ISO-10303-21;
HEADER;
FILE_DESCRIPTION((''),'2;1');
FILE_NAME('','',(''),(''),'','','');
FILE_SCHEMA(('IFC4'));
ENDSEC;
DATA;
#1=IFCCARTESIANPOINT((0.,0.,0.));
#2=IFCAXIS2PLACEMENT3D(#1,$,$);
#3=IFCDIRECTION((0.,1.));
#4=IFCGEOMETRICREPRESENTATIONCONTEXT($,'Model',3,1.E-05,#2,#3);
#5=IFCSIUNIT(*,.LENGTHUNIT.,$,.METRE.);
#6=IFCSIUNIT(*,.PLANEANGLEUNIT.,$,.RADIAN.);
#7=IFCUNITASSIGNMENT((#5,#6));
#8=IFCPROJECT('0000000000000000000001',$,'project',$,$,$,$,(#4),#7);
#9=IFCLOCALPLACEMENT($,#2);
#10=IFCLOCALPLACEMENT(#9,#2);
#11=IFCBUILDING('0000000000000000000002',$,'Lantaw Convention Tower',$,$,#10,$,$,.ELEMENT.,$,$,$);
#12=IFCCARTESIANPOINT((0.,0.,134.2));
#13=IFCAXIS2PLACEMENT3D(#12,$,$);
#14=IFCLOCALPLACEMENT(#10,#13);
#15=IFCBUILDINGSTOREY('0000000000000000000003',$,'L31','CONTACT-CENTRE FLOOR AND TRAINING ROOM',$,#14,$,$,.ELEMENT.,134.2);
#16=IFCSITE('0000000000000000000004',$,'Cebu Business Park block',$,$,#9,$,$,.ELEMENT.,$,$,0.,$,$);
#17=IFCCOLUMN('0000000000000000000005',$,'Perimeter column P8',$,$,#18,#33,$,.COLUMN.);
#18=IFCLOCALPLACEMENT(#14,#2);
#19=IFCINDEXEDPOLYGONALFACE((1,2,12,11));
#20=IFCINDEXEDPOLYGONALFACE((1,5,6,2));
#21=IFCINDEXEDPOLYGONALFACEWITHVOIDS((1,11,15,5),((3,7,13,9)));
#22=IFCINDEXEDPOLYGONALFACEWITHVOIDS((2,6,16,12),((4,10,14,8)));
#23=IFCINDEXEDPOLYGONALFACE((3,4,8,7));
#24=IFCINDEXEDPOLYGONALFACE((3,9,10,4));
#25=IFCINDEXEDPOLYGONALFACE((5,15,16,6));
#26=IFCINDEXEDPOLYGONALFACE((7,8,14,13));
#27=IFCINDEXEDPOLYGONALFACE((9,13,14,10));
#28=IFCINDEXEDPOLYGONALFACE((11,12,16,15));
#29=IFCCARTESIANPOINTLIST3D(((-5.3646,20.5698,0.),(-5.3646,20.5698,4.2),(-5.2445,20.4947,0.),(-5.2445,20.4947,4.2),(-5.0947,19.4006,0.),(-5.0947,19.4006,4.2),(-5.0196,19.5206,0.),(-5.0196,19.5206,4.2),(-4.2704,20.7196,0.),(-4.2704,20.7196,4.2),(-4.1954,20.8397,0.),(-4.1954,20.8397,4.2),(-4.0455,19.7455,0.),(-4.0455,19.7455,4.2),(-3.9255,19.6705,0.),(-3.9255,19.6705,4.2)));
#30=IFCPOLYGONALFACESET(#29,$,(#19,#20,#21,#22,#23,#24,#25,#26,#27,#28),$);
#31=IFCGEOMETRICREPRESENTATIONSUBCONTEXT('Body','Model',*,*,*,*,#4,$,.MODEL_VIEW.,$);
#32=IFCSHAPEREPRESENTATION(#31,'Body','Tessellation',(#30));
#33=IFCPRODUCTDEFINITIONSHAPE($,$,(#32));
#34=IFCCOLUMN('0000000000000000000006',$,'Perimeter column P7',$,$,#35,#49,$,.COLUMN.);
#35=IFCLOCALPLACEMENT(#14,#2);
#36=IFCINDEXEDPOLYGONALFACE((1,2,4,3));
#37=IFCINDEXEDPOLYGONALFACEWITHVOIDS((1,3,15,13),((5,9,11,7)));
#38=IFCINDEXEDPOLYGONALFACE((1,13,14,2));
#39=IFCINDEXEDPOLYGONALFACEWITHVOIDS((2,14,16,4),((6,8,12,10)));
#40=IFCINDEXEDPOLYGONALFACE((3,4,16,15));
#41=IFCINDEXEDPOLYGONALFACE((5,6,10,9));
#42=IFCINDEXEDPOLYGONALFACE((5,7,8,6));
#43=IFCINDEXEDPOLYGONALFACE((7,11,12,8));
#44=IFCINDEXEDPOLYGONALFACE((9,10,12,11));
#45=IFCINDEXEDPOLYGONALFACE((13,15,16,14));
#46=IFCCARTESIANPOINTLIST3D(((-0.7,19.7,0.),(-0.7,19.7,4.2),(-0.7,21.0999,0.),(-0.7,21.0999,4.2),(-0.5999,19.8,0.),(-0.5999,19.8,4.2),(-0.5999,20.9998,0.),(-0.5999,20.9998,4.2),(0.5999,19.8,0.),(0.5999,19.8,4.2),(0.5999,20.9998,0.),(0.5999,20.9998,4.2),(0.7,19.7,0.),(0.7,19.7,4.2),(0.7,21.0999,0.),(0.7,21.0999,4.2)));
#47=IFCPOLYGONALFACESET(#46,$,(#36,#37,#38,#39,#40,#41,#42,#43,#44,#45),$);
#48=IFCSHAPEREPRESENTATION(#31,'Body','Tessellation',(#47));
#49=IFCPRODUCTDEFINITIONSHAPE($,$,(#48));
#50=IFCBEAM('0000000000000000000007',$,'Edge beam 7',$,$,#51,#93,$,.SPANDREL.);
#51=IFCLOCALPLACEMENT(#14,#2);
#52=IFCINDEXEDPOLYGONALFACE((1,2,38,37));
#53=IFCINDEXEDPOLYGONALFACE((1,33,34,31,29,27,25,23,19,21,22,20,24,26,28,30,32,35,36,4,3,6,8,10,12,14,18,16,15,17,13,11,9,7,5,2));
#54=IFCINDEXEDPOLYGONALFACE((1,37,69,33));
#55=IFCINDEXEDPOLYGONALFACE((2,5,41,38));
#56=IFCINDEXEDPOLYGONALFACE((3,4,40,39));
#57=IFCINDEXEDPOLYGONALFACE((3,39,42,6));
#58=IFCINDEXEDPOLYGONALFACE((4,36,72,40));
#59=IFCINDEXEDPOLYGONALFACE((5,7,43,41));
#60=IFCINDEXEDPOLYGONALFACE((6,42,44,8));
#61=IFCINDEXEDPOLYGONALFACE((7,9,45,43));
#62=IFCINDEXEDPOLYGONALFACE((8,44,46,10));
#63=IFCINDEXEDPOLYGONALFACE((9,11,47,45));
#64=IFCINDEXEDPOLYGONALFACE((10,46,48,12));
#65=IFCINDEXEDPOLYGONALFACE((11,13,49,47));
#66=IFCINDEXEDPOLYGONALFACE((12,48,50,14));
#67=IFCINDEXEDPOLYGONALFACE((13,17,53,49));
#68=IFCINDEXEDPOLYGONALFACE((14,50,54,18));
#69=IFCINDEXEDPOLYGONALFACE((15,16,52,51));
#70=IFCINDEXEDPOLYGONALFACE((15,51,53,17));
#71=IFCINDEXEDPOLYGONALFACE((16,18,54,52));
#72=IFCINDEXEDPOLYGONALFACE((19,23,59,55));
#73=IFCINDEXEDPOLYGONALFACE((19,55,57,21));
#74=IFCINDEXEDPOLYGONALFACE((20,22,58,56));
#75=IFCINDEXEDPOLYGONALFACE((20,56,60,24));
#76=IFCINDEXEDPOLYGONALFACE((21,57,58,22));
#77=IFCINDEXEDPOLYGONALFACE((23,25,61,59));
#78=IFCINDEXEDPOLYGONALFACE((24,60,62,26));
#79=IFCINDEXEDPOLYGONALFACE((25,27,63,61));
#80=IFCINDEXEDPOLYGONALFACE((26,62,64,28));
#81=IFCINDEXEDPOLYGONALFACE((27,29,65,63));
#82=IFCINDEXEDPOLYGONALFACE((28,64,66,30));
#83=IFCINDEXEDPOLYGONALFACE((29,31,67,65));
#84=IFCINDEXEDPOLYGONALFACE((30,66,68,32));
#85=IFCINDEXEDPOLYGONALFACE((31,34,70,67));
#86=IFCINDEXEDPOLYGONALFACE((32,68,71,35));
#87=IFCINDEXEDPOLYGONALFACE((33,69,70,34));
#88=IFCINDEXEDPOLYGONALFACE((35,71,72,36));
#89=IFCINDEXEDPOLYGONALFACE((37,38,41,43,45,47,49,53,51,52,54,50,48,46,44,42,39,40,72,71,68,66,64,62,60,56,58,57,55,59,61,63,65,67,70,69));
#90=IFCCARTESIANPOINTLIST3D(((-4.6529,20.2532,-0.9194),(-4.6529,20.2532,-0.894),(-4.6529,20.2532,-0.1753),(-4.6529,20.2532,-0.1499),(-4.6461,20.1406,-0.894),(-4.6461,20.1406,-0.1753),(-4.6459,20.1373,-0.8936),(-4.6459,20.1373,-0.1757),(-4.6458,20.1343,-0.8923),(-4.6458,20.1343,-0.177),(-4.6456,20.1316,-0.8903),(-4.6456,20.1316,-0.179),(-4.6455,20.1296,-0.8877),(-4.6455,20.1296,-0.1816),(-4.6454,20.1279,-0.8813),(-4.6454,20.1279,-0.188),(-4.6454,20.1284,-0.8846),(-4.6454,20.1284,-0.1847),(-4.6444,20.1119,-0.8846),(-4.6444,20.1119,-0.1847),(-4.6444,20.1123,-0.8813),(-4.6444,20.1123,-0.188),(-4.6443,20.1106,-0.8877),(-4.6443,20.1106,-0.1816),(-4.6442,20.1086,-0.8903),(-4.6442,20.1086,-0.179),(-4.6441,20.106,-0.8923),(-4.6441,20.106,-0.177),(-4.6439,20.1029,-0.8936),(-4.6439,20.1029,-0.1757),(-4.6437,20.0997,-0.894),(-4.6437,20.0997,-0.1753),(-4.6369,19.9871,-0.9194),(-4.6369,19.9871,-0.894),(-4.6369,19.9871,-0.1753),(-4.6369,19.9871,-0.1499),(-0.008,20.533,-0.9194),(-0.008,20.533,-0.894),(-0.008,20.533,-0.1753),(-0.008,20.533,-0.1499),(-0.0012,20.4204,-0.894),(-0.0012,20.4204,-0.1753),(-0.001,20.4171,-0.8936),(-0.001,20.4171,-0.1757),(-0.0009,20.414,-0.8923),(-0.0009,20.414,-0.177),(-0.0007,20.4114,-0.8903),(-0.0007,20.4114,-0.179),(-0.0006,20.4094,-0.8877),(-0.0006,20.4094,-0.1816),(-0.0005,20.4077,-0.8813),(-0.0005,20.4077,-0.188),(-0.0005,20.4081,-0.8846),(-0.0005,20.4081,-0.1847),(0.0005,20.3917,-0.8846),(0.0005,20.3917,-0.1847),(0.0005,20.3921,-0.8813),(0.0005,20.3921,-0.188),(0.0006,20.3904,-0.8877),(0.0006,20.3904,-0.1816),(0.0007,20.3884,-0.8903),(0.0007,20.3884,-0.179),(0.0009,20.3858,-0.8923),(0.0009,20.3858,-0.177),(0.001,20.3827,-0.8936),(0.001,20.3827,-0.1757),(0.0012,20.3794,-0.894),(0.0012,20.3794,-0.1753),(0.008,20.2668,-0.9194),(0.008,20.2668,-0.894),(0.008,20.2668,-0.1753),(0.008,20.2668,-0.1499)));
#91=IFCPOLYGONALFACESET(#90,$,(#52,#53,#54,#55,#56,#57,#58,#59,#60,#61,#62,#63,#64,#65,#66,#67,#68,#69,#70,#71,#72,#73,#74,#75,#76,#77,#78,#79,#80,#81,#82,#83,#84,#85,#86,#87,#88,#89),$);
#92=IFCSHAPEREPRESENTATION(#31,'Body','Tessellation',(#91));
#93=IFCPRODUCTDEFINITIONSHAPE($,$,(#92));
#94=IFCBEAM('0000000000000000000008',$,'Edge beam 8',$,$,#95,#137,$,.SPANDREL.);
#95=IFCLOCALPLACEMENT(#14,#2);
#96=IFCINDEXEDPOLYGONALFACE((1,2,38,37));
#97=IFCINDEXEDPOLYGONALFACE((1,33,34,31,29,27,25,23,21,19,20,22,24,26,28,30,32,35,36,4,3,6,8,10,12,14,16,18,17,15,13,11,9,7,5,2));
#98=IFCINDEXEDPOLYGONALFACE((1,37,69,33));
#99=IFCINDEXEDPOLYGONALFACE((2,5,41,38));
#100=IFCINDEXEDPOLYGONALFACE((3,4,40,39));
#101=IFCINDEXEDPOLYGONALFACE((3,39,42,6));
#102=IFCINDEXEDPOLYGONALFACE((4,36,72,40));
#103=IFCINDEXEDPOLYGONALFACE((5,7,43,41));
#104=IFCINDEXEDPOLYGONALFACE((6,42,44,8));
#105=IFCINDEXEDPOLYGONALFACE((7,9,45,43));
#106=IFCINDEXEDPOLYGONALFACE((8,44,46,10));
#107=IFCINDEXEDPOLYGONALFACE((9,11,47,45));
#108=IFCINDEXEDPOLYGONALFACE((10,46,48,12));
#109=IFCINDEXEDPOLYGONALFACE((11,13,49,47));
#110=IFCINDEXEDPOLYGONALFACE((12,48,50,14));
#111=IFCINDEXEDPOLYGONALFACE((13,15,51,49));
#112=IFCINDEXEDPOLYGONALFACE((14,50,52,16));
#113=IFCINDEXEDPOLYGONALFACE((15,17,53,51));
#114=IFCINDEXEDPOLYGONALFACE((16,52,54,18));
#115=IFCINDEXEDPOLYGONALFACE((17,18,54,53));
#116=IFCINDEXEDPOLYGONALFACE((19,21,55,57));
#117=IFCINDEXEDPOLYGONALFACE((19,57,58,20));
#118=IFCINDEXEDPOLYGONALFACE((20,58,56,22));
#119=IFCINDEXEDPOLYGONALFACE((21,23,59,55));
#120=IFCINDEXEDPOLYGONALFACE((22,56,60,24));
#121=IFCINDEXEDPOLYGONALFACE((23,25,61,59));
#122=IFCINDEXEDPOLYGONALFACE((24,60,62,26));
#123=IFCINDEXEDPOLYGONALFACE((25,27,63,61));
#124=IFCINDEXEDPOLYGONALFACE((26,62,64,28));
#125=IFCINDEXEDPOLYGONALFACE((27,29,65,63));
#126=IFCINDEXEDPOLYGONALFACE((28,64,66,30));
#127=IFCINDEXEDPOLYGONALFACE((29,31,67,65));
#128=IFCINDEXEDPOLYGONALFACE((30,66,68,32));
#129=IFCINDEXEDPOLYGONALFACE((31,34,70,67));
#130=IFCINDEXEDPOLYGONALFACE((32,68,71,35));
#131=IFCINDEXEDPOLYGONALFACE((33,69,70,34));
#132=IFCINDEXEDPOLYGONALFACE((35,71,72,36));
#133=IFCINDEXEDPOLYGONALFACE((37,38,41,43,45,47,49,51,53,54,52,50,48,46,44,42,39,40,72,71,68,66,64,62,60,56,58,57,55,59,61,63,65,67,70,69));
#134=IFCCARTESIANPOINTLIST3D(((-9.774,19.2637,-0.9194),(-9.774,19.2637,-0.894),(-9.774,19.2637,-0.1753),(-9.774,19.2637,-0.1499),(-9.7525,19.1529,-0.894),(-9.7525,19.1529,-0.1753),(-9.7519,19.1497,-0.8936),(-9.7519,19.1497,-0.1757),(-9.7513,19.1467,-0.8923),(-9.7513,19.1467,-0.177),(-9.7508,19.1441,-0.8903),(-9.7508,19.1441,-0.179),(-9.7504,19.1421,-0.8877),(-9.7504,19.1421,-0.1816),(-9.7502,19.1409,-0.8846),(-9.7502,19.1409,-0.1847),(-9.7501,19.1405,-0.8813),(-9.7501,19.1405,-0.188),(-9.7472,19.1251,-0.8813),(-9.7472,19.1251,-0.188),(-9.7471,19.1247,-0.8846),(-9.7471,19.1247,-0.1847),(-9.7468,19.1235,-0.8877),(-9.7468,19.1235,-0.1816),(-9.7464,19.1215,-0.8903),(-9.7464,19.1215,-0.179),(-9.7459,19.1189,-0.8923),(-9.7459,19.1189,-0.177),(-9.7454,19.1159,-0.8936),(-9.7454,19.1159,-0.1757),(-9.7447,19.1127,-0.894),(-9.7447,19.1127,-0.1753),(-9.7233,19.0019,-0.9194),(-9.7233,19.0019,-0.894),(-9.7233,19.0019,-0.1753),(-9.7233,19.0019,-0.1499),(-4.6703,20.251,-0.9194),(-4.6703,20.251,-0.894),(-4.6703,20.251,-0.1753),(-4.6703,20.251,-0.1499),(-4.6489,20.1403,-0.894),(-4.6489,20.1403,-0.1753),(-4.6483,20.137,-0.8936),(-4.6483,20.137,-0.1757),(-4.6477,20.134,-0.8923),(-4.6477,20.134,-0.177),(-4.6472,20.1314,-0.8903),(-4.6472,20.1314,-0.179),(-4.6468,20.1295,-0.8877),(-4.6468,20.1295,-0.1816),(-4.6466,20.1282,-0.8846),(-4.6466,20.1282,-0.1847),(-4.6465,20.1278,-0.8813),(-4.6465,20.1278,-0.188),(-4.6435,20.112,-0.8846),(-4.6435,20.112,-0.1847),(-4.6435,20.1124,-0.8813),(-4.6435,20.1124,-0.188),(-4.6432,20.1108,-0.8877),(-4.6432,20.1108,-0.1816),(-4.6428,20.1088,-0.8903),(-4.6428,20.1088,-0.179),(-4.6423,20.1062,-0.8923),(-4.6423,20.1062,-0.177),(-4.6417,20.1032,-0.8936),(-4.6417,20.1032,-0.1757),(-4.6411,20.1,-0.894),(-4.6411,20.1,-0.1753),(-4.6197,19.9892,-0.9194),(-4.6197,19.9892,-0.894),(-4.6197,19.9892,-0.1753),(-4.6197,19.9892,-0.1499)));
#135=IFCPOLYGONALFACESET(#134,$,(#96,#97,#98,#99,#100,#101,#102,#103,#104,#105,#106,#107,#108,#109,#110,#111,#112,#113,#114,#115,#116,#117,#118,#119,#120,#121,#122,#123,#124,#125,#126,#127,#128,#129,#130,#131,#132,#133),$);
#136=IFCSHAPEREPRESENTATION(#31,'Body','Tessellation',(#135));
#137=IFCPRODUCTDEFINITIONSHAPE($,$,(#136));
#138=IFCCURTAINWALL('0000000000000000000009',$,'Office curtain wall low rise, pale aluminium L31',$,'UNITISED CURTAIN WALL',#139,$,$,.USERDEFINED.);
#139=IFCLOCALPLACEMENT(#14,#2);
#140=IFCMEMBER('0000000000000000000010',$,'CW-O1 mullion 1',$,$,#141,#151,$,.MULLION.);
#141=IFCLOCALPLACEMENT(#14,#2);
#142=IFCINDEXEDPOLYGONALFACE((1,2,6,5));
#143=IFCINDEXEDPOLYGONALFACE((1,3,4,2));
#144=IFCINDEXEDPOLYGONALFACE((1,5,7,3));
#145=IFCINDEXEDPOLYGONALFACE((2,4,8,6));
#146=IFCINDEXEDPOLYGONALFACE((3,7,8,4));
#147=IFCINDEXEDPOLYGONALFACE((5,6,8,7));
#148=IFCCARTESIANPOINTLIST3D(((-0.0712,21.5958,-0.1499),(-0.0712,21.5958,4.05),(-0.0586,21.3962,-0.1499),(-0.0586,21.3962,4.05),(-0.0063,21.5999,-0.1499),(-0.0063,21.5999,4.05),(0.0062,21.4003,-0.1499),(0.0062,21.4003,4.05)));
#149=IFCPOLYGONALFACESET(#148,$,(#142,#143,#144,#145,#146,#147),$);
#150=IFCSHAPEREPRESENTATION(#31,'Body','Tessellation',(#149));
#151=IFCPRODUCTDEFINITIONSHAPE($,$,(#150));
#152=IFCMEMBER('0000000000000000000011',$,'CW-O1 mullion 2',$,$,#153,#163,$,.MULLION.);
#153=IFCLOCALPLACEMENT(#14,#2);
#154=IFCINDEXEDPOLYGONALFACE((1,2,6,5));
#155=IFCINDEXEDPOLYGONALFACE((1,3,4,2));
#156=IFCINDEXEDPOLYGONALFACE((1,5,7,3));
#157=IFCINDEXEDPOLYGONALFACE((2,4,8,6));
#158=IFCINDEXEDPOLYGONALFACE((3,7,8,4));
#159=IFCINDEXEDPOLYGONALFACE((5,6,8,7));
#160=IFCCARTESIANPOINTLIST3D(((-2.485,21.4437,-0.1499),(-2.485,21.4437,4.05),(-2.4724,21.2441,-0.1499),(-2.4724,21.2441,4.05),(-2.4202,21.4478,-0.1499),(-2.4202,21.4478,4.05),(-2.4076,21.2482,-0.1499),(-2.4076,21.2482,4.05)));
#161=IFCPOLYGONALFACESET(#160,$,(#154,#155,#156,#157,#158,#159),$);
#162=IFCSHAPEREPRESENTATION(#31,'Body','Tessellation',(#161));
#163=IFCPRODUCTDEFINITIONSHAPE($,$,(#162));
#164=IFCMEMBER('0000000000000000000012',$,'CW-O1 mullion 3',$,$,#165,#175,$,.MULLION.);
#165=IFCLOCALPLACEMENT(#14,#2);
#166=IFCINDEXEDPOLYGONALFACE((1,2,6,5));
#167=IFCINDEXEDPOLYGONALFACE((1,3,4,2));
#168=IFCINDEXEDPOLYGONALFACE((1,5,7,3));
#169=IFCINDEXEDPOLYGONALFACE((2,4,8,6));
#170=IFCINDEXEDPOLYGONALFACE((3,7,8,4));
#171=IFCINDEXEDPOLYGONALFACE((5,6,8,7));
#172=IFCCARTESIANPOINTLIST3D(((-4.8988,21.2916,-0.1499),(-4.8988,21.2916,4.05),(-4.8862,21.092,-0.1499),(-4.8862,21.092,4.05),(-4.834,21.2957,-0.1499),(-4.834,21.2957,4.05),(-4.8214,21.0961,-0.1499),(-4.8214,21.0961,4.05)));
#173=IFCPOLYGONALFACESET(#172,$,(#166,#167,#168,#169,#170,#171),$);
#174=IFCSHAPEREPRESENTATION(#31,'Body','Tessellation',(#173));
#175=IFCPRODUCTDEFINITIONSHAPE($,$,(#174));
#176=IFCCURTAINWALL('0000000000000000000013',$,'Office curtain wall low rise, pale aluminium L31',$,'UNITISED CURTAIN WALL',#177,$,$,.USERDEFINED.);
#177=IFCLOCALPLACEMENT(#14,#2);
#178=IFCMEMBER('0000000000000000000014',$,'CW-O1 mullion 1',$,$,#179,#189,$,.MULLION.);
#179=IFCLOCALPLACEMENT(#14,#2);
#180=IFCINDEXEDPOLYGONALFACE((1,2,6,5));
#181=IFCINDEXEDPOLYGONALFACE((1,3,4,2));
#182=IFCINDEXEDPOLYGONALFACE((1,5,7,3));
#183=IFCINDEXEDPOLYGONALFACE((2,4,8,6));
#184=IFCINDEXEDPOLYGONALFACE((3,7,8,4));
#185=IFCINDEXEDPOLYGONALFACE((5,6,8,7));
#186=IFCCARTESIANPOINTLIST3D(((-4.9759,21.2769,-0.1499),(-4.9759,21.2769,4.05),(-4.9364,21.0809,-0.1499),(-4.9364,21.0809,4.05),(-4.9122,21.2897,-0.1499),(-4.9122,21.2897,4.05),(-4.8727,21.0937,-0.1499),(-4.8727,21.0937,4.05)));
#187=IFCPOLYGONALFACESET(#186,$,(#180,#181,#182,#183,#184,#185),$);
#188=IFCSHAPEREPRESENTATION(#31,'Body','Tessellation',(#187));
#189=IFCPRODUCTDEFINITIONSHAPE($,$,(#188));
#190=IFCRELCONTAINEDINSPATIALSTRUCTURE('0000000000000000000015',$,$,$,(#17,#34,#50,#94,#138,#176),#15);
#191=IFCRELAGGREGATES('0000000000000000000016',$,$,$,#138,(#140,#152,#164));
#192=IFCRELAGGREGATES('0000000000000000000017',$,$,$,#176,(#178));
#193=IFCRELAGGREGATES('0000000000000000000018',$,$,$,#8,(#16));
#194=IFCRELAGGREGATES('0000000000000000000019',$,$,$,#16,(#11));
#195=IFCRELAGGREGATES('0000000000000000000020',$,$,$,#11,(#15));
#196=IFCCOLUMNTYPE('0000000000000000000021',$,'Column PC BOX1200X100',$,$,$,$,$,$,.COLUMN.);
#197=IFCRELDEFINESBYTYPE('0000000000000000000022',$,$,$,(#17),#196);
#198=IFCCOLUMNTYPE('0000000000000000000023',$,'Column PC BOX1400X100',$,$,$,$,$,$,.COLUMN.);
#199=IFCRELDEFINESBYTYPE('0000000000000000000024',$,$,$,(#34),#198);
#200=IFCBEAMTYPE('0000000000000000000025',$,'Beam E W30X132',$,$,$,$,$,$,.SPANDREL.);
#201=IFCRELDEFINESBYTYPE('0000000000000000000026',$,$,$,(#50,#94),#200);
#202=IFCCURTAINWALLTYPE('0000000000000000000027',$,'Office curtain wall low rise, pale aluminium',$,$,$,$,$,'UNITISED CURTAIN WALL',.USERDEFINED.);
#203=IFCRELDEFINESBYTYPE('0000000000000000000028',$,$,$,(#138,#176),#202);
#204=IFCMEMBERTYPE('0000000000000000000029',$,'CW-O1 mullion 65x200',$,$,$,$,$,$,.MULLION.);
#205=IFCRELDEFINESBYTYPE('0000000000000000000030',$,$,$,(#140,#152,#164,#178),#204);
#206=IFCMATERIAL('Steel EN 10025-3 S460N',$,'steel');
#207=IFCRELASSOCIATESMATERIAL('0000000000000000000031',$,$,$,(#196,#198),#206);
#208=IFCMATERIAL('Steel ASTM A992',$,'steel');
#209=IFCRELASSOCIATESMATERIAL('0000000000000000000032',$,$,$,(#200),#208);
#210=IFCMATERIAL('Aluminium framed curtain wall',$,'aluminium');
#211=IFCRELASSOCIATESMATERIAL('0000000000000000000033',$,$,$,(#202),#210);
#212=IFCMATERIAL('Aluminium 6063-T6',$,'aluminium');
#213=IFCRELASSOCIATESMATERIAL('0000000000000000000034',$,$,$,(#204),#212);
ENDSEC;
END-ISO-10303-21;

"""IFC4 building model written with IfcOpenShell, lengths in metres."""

from ifc_helpers import new_model, si_unit, direction, frame, origin, origin_2d, place, context, subcontext, project, spatial, rectangle, hollow_rectangle, i_section, extrude, material, material_profile, profile_set, type_object, element, aggregate, save


model = new_model("IFC4")

# Units and contexts
model_context = context("Model", 3, precision=1e-05, world=origin(), true_north=direction((0.0, 1.0)))
body_context = subcontext(model_context, "Body", "Model", "MODEL_VIEW")
ifc_project = project(units=[si_unit("LENGTHUNIT", "METRE"), si_unit("PLANEANGLEUNIT", "RADIAN")], contexts=[model_context])

# Site, building, storey
site_placement = place(None, origin())
site = spatial("IfcSite", under=ifc_project, at=site_placement, Name="Cebu Business Park block", CompositionType="ELEMENT", RefElevation=0.0)
building_placement = place(site_placement, origin())
building = spatial("IfcBuilding", under=site, at=building_placement, Name="Lantaw Convention Tower", CompositionType="ELEMENT")
storey_placement = place(building_placement, frame((0.0, 0.0, 134.2)))
storey = spatial("IfcBuildingStorey", under=building, at=storey_placement, Name="L31", Description="CONTACT-CENTRE FLOOR AND TRAINING ROOM", CompositionType="ELEMENT", Elevation=134.2)

# Columns
ifc_material_1 = material(Name="Steel EN 10025-3 S460N", Category="steel")
ifc_material_profile_1 = material_profile(ifc_material_1, hollow_rectangle(XDim=1.2, YDim=1.2, WallThickness=0.1001, at=origin_2d()), Name="BOX1200X100")
ifc_material_2 = material(Name="Concrete C60/75", Category="concrete")
ifc_material_profile_2 = material_profile(ifc_material_2, rectangle(XDim=1.0, YDim=1.0, at=origin_2d()), Name="Concrete fill of BOX1200X100")
ifc_profile_set_1 = profile_set([ifc_material_profile_1, ifc_material_profile_2], Name="Steel EN 10025-3 S460N")
column_type_1 = type_object("IfcColumnType", Name="Column PC BOX1200X100", PredefinedType="COLUMN", material=ifc_profile_set_1)
column_1_placement = place(storey_placement, frame((-4.645, 20.1201, 0.0), z_axis=(0.0, 0.0, 1.0), x_axis=(0.97437, 0.224951, 0.0)))
element("IfcColumn", 1, at=column_1_placement, inside=storey, type_object=column_type_1, Name="Perimeter column P8", PredefinedType="COLUMN", context=body_context, shape_type="SweptSolid", body=[
    extrude(hollow_rectangle(XDim=1.2, YDim=1.2, WallThickness=0.1001, at=origin_2d()), origin(), (0.0, 0.0, 1.0), 4.2),
])
ifc_material_profile_3 = material_profile(ifc_material_1, hollow_rectangle(XDim=1.3999, YDim=1.3999, WallThickness=0.1001, at=origin_2d()), Name="BOX1400X100")
ifc_material_profile_4 = material_profile(ifc_material_2, rectangle(XDim=1.2, YDim=1.2, at=origin_2d()), Name="Concrete fill of BOX1400X100")
ifc_profile_set_2 = profile_set([ifc_material_profile_3, ifc_material_profile_4], Name="Steel EN 10025-3 S460N")
column_type_2 = type_object("IfcColumnType", Name="Column PC BOX1400X100", PredefinedType="COLUMN", material=ifc_profile_set_2)
column_2_placement = place(storey_placement, frame((0.0, 20.3999, 0.0), z_axis=(0.0, 0.0, 1.0), x_axis=(1.0, 0.0, 0.0)))
element("IfcColumn", 2, at=column_2_placement, inside=storey, type_object=column_type_2, Name="Perimeter column P7", PredefinedType="COLUMN", context=body_context, shape_type="SweptSolid", body=[
    extrude(hollow_rectangle(XDim=1.3999, YDim=1.3999, WallThickness=0.1001, at=origin_2d()), origin(), (0.0, 0.0, 1.0), 4.2),
])

# Beams
ifc_material_3 = material(Name="Steel ASTM A992", Category="steel")
ifc_material_profile_5 = material_profile(ifc_material_3, i_section(OverallWidth=0.2666, OverallDepth=0.7695, WebThickness=0.0156, FlangeThickness=0.0254, FilletRadius=0.0127, at=origin_2d()), Name="W30X132")
ifc_profile_set_3 = profile_set([ifc_material_profile_5], Name="Steel ASTM A992")
beam_type = type_object("IfcBeamType", Name="Beam E W30X132", PredefinedType="SPANDREL", material=ifc_profile_set_3)
beam_1_placement = place(storey_placement, frame((0.0, 20.3999, -0.5347), z_axis=(-0.998191, -0.060124, 0.0), x_axis=(0.060124, -0.998191, 0.0)))
element("IfcBeam", 3, at=beam_1_placement, inside=storey, type_object=beam_type, Name="Edge beam 7", PredefinedType="SPANDREL", context=body_context, shape_type="SweptSolid", body=[
    extrude(i_section(OverallWidth=0.2666, OverallDepth=0.7695, WebThickness=0.0156, FlangeThickness=0.0254, FilletRadius=0.0127, at=origin_2d()), origin(), (0.0, 0.0, 1.0), 4.6533),
])
beam_2_placement = place(storey_placement, frame((-4.645, 20.1201, -0.5347), z_axis=(-0.981797, -0.189934, 0.0), x_axis=(0.189934, -0.981797, 0.0)))
element("IfcBeam", 4, at=beam_2_placement, inside=storey, type_object=beam_type, Name="Edge beam 8", PredefinedType="SPANDREL", context=body_context, shape_type="SweptSolid", body=[
    extrude(i_section(OverallWidth=0.2666, OverallDepth=0.7695, WebThickness=0.0156, FlangeThickness=0.0254, FilletRadius=0.0127, at=origin_2d()), origin(), (0.0, 0.0, 1.0), 5.1982),
])

# Curtain walls, members
ifc_material_4 = material(Name="Aluminium framed curtain wall", Category="aluminium")
curtain_wall_type = type_object("IfcCurtainWallType", Name="Office curtain wall low rise, pale aluminium", ElementType="UNITISED CURTAIN WALL", PredefinedType="USERDEFINED", material=ifc_material_4)
curtain_wall_1_placement = place(storey_placement, origin())
curtain_wall_1 = element("IfcCurtainWall", 5, at=curtain_wall_1_placement, inside=storey, type_object=curtain_wall_type, Name="Office curtain wall low rise, pale aluminium L31", ObjectType="UNITISED CURTAIN WALL", PredefinedType="USERDEFINED")
ifc_material_5 = material(Name="Aluminium 6063-T6", Category="aluminium")
ifc_material_profile_6 = material_profile(ifc_material_5, rectangle(XDim=0.2, YDim=0.0649, at=origin_2d()), Name="CW-O1 mullion 65x200")
ifc_profile_set_4 = profile_set([ifc_material_profile_6], Name="Aluminium 6063-T6")
member_type_1 = type_object("IfcMemberType", Name="CW-O1 mullion 65x200", PredefinedType="MULLION", material=ifc_profile_set_4)
member_1_placement = place(storey_placement, frame((-0.0325, 21.498, -0.1499), z_axis=(0.0, 0.0, 1.0), x_axis=(0.062865, -0.998022, 0.0)))
member_1 = element("IfcMember", 6, at=member_1_placement, type_object=member_type_1, Name="CW-O1 mullion 1", PredefinedType="MULLION", context=body_context, shape_type="SweptSolid", body=[
    extrude(rectangle(XDim=0.2, YDim=0.0649, at=origin_2d()), origin(), (0.0, 0.0, 1.0), 4.2),
])
member_2_placement = place(storey_placement, frame((-2.4463, 21.3459, -0.1499), z_axis=(0.0, 0.0, 1.0), x_axis=(0.062865, -0.998022, 0.0)))
member_2 = element("IfcMember", 7, at=member_2_placement, type_object=member_type_1, Name="CW-O1 mullion 2", PredefinedType="MULLION", context=body_context, shape_type="SweptSolid", body=[
    extrude(rectangle(XDim=0.2, YDim=0.0649, at=origin_2d()), origin(), (0.0, 0.0, 1.0), 4.2),
])
member_3_placement = place(storey_placement, frame((-4.8601, 21.1938, -0.1499), z_axis=(0.0, 0.0, 1.0), x_axis=(0.062865, -0.998022, 0.0)))
member_3 = element("IfcMember", 8, at=member_3_placement, type_object=member_type_1, Name="CW-O1 mullion 3", PredefinedType="MULLION", context=body_context, shape_type="SweptSolid", body=[
    extrude(rectangle(XDim=0.2, YDim=0.0649, at=origin_2d()), origin(), (0.0, 0.0, 1.0), 4.2),
])
curtain_wall_2_placement = place(storey_placement, origin())
curtain_wall_2 = element("IfcCurtainWall", 9, at=curtain_wall_2_placement, inside=storey, type_object=curtain_wall_type, Name="Office curtain wall low rise, pale aluminium L31", ObjectType="UNITISED CURTAIN WALL", PredefinedType="USERDEFINED")
member_4_placement = place(storey_placement, frame((-4.9243, 21.1853, -0.1499), z_axis=(0.0, 0.0, 1.0), x_axis=(0.197507, -0.980302, 0.0)))
member_4 = element("IfcMember", 10, at=member_4_placement, type_object=member_type_1, Name="CW-O1 mullion 1", PredefinedType="MULLION", context=body_context, shape_type="SweptSolid", body=[
    extrude(rectangle(XDim=0.2, YDim=0.0649, at=origin_2d()), origin(), (0.0, 0.0, 1.0), 4.2),
])

aggregate(curtain_wall_1, [member_1, member_2, member_3])
aggregate(curtain_wall_2, [member_4])

save(model, "model.ifc")
